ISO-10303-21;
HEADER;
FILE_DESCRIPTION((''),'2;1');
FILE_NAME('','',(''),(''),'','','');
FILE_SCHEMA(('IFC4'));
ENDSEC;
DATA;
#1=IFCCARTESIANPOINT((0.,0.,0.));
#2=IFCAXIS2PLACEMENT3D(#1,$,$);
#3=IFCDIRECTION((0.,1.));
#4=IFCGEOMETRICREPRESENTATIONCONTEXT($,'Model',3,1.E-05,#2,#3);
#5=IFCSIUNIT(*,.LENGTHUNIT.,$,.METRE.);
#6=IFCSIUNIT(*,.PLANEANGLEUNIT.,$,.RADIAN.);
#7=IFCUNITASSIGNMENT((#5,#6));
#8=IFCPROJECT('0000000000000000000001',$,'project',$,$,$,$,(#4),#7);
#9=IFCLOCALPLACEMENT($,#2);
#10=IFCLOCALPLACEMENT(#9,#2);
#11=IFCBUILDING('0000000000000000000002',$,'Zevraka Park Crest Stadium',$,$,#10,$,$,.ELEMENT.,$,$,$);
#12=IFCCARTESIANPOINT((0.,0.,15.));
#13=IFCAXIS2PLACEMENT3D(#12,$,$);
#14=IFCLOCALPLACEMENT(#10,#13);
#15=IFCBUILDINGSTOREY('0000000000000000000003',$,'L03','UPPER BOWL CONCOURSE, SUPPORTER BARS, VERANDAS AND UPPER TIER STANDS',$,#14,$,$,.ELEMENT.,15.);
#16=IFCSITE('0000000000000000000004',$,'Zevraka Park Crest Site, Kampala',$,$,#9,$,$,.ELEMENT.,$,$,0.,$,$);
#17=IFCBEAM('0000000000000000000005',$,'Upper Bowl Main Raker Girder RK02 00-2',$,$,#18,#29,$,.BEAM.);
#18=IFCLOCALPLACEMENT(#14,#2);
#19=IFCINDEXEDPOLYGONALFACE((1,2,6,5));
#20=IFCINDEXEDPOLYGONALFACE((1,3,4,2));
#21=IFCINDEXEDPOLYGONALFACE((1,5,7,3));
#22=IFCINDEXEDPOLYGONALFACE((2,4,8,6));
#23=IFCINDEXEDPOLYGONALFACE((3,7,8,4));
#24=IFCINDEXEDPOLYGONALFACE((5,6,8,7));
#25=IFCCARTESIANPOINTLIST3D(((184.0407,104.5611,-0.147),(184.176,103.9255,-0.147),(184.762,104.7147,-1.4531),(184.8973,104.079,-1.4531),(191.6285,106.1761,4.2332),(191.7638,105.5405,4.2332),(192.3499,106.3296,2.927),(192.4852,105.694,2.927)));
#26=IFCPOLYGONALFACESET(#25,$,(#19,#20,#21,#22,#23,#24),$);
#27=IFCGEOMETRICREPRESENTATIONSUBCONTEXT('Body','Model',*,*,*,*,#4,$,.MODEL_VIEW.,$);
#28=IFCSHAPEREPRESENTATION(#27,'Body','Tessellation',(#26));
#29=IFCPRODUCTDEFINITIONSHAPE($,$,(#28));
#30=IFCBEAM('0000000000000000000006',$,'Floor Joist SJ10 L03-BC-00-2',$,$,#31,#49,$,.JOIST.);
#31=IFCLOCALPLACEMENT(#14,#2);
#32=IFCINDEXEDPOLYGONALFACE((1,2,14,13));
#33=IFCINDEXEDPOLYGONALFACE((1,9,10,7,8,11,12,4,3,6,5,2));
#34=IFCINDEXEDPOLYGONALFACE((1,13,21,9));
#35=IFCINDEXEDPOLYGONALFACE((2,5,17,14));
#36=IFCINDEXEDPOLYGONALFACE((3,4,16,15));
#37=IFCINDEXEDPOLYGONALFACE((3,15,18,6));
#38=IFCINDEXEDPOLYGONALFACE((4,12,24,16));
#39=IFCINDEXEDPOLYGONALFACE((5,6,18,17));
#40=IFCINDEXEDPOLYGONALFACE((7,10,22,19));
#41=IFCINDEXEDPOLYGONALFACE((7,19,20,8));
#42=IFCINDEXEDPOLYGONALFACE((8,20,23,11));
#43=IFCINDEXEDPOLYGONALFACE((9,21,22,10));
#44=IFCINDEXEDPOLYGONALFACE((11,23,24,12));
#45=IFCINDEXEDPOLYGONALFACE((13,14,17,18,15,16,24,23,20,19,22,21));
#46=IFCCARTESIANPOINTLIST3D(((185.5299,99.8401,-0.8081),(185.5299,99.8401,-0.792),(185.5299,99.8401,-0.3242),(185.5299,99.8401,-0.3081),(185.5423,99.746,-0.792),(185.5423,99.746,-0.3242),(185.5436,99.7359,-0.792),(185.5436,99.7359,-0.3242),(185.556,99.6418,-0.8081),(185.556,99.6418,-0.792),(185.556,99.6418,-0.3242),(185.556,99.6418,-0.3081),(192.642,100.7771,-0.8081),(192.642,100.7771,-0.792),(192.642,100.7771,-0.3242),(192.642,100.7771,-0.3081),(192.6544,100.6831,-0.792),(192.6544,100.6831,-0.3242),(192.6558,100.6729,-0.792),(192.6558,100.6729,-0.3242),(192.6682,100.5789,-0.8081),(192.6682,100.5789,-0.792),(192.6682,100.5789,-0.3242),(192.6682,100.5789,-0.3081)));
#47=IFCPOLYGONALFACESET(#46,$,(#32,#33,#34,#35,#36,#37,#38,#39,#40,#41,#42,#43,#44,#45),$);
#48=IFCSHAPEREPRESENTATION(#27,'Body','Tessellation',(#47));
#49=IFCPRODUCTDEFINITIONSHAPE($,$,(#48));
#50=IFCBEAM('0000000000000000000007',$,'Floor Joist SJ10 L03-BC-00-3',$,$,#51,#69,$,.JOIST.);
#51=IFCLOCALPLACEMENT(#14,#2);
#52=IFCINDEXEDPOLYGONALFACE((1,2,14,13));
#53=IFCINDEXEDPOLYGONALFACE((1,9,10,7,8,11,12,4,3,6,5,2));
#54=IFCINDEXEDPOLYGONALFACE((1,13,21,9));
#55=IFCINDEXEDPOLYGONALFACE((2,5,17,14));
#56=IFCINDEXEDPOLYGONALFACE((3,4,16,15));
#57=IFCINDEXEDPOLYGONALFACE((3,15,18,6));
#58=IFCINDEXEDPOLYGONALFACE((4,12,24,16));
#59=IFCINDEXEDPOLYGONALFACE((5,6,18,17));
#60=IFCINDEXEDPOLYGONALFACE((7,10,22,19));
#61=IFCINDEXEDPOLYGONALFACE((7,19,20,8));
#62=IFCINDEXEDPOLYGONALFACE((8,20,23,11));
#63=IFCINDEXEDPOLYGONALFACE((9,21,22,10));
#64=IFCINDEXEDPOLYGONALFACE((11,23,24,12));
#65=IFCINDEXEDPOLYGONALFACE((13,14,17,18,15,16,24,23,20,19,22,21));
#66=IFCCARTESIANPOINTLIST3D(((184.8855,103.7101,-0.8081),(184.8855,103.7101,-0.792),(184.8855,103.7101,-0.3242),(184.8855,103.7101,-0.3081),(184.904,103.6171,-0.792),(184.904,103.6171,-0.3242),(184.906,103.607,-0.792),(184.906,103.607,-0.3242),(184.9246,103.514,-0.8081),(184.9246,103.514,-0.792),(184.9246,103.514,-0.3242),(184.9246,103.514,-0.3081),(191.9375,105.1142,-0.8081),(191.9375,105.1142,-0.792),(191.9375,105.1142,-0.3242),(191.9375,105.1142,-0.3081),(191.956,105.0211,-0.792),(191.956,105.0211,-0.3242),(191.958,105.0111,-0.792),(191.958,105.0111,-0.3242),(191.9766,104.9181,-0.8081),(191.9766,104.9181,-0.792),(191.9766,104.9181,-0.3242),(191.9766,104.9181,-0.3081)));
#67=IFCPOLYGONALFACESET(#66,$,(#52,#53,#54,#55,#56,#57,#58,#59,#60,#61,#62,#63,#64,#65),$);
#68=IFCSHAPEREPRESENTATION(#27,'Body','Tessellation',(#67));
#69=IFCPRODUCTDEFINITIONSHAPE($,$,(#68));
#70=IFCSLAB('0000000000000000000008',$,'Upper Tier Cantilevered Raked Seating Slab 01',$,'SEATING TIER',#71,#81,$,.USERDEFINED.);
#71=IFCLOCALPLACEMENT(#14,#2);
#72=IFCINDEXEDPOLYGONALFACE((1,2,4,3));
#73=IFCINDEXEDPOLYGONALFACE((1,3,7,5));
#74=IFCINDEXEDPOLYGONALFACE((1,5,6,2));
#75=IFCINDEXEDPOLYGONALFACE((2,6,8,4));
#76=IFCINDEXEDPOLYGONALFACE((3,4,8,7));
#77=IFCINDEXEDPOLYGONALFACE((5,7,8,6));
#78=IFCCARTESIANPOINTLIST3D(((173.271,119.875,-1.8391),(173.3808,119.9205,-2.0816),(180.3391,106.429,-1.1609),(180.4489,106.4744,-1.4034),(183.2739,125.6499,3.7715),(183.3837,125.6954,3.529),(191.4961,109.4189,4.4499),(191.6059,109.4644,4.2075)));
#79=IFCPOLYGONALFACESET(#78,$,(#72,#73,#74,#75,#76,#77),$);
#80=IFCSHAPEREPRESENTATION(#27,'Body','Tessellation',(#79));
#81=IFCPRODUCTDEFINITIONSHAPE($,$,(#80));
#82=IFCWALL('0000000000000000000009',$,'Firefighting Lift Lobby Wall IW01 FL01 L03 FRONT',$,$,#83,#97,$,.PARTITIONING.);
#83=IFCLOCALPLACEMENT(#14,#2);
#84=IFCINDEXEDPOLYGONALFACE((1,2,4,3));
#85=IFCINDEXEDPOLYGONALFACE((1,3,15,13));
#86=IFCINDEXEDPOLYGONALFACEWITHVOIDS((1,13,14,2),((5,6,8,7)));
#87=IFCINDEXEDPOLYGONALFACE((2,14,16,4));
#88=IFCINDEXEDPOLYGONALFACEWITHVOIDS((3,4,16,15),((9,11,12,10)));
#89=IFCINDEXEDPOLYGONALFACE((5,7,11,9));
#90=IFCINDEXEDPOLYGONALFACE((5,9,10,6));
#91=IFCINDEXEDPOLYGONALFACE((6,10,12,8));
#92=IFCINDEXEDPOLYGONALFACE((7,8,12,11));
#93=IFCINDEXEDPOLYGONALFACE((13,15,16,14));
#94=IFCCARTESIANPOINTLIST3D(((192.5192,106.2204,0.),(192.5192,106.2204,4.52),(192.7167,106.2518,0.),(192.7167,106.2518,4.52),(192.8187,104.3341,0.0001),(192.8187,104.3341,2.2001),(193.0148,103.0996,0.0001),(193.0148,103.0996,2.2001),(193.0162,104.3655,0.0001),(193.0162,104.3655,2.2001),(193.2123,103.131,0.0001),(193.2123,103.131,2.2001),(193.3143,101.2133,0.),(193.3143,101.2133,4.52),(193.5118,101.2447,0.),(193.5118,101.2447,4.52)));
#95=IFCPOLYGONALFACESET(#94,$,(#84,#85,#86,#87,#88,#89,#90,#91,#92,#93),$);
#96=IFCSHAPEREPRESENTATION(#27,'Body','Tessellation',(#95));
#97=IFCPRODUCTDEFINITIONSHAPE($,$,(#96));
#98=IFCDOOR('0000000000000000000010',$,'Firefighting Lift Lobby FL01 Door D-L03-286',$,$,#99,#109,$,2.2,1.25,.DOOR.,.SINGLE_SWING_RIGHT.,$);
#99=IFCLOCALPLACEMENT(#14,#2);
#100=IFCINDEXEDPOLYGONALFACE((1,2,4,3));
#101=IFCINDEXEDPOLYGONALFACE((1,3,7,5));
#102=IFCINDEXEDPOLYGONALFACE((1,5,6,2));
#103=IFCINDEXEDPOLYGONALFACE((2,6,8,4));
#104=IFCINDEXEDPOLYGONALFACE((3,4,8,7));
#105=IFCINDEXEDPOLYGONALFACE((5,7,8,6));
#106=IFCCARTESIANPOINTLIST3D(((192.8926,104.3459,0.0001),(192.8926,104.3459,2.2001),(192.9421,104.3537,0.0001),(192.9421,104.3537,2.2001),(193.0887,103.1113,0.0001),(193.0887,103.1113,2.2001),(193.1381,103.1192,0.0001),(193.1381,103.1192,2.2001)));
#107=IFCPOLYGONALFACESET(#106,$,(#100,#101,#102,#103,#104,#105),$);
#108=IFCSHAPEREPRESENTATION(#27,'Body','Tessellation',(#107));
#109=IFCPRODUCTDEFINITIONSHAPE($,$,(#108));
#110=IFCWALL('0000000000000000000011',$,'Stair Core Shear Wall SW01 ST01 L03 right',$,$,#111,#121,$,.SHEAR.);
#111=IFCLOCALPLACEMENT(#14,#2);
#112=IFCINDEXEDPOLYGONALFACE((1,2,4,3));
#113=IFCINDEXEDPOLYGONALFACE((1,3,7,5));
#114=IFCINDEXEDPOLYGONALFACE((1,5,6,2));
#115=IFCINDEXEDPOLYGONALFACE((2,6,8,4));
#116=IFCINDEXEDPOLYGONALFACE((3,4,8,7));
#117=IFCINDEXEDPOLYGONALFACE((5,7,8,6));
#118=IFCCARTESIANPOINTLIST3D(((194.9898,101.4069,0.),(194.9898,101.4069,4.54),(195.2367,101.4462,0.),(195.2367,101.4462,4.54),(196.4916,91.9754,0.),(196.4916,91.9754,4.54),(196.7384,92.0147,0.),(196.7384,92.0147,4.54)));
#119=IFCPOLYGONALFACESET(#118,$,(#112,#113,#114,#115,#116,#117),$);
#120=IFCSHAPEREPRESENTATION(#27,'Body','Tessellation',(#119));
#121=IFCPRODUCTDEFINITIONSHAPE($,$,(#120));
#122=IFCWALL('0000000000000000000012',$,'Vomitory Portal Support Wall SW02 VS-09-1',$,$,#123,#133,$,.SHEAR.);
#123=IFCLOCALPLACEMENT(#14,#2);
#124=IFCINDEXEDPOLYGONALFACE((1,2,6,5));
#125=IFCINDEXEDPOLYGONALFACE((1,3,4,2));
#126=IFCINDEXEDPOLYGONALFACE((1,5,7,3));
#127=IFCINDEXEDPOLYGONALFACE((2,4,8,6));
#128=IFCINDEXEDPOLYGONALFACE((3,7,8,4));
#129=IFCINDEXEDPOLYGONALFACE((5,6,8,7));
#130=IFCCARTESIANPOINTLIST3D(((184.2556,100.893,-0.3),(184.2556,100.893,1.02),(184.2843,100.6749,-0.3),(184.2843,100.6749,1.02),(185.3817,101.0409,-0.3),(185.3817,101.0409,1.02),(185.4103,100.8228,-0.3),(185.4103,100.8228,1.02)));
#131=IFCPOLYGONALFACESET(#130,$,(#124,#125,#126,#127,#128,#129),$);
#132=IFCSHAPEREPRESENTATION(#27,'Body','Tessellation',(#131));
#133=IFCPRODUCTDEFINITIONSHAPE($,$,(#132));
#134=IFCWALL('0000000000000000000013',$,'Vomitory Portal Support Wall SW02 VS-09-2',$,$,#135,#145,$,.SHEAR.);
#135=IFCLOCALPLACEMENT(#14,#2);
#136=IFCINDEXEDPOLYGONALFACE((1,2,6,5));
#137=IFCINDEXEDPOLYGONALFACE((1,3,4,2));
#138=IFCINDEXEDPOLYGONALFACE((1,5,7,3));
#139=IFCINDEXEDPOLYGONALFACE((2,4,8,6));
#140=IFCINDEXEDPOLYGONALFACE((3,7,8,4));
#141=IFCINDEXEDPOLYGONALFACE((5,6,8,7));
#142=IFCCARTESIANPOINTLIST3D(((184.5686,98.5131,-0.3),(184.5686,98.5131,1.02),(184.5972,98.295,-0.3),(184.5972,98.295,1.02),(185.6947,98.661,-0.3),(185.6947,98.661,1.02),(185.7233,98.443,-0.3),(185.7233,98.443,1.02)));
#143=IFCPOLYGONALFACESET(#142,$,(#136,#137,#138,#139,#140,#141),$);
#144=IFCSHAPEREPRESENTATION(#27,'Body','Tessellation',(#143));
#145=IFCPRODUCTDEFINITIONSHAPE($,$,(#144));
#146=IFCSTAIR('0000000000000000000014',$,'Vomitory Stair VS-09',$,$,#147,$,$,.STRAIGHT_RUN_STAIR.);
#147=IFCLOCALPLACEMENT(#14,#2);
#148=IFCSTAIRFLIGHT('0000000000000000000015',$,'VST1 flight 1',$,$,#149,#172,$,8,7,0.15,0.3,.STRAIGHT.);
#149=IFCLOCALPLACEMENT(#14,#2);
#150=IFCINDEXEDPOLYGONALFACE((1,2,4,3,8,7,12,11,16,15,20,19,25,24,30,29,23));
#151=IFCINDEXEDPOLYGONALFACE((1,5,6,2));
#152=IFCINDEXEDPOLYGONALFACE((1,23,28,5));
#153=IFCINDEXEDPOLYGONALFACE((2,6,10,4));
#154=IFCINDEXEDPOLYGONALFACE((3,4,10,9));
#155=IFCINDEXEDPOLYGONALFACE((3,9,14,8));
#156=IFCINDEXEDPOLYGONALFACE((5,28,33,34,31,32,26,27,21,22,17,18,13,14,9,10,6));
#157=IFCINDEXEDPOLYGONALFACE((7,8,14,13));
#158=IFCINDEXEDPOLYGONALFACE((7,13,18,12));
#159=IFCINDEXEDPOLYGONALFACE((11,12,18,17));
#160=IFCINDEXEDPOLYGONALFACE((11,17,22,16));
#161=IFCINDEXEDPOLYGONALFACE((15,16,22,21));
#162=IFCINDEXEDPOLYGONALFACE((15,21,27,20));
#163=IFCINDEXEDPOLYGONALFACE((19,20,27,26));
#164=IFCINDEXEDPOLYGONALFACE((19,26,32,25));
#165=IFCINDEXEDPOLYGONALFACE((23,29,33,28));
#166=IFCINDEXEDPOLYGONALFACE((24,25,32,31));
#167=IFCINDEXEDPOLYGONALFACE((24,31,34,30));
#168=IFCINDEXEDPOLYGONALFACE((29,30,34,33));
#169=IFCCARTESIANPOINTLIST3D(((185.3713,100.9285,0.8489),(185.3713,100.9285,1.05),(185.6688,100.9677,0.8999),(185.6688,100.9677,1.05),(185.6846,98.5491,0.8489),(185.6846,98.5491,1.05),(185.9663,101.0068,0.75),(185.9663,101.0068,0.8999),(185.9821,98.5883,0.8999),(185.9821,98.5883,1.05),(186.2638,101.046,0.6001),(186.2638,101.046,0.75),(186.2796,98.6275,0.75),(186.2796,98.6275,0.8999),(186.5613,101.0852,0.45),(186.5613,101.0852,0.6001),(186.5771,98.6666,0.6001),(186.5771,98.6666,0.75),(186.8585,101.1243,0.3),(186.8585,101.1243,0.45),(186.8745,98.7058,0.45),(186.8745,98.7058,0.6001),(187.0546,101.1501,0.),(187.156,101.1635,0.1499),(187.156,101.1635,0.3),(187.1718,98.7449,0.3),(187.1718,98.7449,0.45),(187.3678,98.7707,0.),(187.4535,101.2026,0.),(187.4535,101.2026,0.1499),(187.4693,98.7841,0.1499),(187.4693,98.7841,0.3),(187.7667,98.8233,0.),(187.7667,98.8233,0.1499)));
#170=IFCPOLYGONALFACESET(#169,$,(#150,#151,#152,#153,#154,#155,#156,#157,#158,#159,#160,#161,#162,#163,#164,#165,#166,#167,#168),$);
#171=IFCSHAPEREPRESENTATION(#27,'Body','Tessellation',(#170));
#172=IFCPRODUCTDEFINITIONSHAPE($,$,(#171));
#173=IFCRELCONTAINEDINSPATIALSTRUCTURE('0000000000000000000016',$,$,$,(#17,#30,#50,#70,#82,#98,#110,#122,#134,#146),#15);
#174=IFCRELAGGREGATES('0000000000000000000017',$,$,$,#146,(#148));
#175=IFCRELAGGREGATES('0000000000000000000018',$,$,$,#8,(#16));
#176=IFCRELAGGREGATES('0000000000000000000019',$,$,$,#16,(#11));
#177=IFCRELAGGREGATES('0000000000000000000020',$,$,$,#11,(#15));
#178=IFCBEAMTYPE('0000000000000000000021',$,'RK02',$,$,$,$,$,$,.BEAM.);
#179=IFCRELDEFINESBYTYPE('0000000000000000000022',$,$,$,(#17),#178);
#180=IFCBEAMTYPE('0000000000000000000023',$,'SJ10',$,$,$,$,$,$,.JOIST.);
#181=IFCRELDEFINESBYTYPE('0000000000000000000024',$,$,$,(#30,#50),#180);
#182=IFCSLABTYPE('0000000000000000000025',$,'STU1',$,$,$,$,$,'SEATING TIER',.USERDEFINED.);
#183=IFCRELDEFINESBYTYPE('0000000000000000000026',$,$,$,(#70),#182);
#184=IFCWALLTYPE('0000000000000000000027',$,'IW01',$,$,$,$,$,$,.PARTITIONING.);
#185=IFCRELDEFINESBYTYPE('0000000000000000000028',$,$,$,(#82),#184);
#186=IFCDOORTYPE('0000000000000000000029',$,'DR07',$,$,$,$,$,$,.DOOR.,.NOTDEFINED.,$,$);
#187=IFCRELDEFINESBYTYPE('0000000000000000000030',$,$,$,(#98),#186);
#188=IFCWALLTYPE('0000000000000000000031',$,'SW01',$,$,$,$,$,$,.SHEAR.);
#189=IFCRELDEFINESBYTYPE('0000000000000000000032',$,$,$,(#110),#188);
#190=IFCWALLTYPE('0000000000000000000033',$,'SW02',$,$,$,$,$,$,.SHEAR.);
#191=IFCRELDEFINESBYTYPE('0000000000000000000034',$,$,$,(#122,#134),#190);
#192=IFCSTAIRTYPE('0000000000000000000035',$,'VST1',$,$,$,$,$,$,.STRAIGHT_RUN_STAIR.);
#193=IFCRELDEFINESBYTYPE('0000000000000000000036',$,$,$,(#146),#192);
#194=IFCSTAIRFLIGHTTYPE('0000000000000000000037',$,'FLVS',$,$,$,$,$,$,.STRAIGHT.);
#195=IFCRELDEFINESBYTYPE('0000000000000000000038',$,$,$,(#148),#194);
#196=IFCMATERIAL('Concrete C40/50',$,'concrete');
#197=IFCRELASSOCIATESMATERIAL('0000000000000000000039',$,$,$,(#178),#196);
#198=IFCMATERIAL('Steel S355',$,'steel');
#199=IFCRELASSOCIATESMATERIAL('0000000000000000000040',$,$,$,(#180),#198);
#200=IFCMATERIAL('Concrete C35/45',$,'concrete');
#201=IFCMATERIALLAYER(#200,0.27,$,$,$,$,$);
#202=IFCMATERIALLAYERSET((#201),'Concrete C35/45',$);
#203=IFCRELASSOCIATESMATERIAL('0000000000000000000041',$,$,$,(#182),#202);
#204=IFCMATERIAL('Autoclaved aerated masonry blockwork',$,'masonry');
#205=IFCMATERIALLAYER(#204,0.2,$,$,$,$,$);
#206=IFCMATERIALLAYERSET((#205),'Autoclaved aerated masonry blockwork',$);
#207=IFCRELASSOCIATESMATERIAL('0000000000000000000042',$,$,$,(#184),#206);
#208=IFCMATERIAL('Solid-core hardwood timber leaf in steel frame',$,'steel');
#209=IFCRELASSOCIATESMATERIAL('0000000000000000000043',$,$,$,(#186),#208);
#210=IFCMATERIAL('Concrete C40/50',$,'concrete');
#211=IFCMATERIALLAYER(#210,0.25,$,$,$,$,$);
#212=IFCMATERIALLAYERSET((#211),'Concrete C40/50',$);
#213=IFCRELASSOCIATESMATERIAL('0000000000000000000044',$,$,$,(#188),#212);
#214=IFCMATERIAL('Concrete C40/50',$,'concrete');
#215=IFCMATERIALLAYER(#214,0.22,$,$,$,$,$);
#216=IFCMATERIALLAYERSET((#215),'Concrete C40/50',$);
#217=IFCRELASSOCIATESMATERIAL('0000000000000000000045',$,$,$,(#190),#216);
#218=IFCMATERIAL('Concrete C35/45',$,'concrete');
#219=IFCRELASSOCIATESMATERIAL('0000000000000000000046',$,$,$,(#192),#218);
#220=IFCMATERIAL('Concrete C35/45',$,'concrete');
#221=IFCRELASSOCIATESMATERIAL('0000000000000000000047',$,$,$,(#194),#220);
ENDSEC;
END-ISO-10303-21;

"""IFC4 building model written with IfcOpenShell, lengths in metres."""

from ifc_helpers import new_model, si_unit, direction, frame, frame_2d, origin, origin_2d, place, context, subcontext, project, spatial, polyline, rectangle, i_section, outline, extrude, material, layer, layer_set, material_profile, profile_set, type_object, element, fill, aggregate, save


model = new_model("IFC4")

# Units and contexts
model_context = context("Model", 3, precision=1e-05, world=origin(), true_north=direction((0.0, 1.0)))
body_context = subcontext(model_context, "Body", "Model", "MODEL_VIEW")
ifc_project = project(units=[si_unit("LENGTHUNIT", "METRE"), si_unit("PLANEANGLEUNIT", "RADIAN")], contexts=[model_context])

# Site, building, storey
site_placement = place(None, origin())
site = spatial("IfcSite", under=ifc_project, at=site_placement, Name="Zevraka Park Crest Site, Kampala", CompositionType="ELEMENT", RefElevation=0.0)
building_placement = place(site_placement, origin())
building = spatial("IfcBuilding", under=site, at=building_placement, Name="Zevraka Park Crest Stadium", CompositionType="ELEMENT")
storey_placement = place(building_placement, frame((0.0, 0.0, 15.0)))
storey = spatial("IfcBuildingStorey", under=building, at=storey_placement, Name="L03", Description="UPPER BOWL CONCOURSE, SUPPORTER BARS, VERANDAS AND UPPER TIER STANDS", CompositionType="ELEMENT", Elevation=15.0)

# Beams
ifc_material_1 = material(Name="Concrete C40/50", Category="concrete")
ifc_material_profile_1 = material_profile(ifc_material_1, rectangle(XDim=0.6499, YDim=1.5, at=origin_2d()), Name="RC 1500x650")
ifc_profile_set_1 = profile_set([ifc_material_profile_1], Name="Concrete C40/50")
beam_type_1 = type_object("IfcBeamType", Name="RK02", PredefinedType="BEAM", material=ifc_profile_set_1)
beam_1_placement = place(storey_placement, frame((184.469, 104.3201, -0.8), z_axis=(0.851713, 0.181277, 0.491653), x_axis=(-0.208175, 0.978092, 0.0)))
element("IfcBeam", 1, at=beam_1_placement, inside=storey, type_object=beam_type_1, Name="Upper Bowl Main Raker Girder RK02 00-2", PredefinedType="BEAM", context=body_context, shape_type="SweptSolid", body=[
    extrude(rectangle(XDim=0.6499, YDim=1.5, at=origin_2d()), origin(), (0.0, 0.0, 1.0), 8.9089),
])
ifc_material_2 = material(Name="Steel S355", Category="steel")
ifc_material_profile_2 = material_profile(ifc_material_2, i_section(OverallWidth=0.2, OverallDepth=0.5, WebThickness=0.0103, FlangeThickness=0.0161, at=origin_2d()), Name="IPE 500")
ifc_profile_set_2 = profile_set([ifc_material_profile_2], Name="Steel S355")
beam_type_2 = type_object("IfcBeamType", Name="SJ10", PredefinedType="JOIST", material=ifc_profile_set_2)
beam_2_placement = place(storey_placement, frame((185.543, 99.741, -0.5581), z_axis=(0.991432, 0.130621, 0.0), x_axis=(-0.130621, 0.991432, 0.0)))
element("IfcBeam", 2, at=beam_2_placement, inside=storey, type_object=beam_type_2, Name="Floor Joist SJ10 L03-BC-00-2", PredefinedType="JOIST", context=body_context, shape_type="SweptSolid", body=[
    extrude(i_section(OverallWidth=0.2, OverallDepth=0.5, WebThickness=0.0103, FlangeThickness=0.0161, at=origin_2d()), origin(), (0.0, 0.0, 1.0), 7.1736),
])
beam_3_placement = place(storey_placement, frame((184.905, 103.6121, -0.5581), z_axis=(0.98075, 0.195267, 0.0), x_axis=(-0.195267, 0.98075, 0.0)))
element("IfcBeam", 3, at=beam_3_placement, inside=storey, type_object=beam_type_2, Name="Floor Joist SJ10 L03-BC-00-3", PredefinedType="JOIST", context=body_context, shape_type="SweptSolid", body=[
    extrude(i_section(OverallWidth=0.2, OverallDepth=0.5, WebThickness=0.0103, FlangeThickness=0.0161, at=origin_2d()), origin(), (0.0, 0.0, 1.0), 7.1904),
])

# Slab
ifc_material_3 = material(Name="Concrete C35/45", Category="concrete")
ifc_layer_1 = layer(ifc_material_3, 0.27)
ifc_layer_set_1 = layer_set([ifc_layer_1], Name="Concrete C35/45")
slab_type = type_object("IfcSlabType", Name="STU1", ElementType="SEATING TIER", PredefinedType="USERDEFINED", material=ifc_layer_set_1)
slab_placement = place(storey_placement, frame((180.3391, 106.429, -1.1609), z_axis=(-0.406483, -0.168377, 0.898009), x_axis=(-0.464832, 0.884275, -0.044604)))
element("IfcSlab", 4, at=slab_placement, inside=storey, type_object=slab_type, Name="Upper Tier Cantilevered Raked Seating Slab 01", ObjectType="SEATING TIER", PredefinedType="USERDEFINED", context=body_context, shape_type="SweptSolid", body=[
    extrude(outline(polyline([(0.0, 0.0), (15.2057, 0.0), (15.4124, -12.8392), (-2.7924, -12.534), (0.0, 0.0)])), origin(), (0.0, 0.0, -1.0), 0.27),
])

# Wall, opening, door
ifc_material_4 = material(Name="Autoclaved aerated masonry blockwork", Category="masonry")
ifc_layer_2 = layer(ifc_material_4, 0.2)
ifc_layer_set_2 = layer_set([ifc_layer_2], Name="Autoclaved aerated masonry blockwork")
wall_type_1 = type_object("IfcWallType", Name="IW01", PredefinedType="PARTITIONING", material=ifc_layer_set_2)
wall_1_placement = place(storey_placement, frame((192.6179, 106.2361, 0.0), z_axis=(0.0, 0.0, 1.0), x_axis=(0.156843, -0.987624, 0.0)))
wall_1 = element("IfcWall", 5, at=wall_1_placement, inside=storey, type_object=wall_type_1, Name="Firefighting Lift Lobby Wall IW01 FL01 L03 FRONT", PredefinedType="PARTITIONING", context=body_context, shape_type="SweptSolid", body=[
    extrude(rectangle(XDim=5.0698, YDim=0.2, at=frame_2d((2.5349, 0.0))), origin(), (0.0, 0.0, 1.0), 4.52),
])
opening_placement = place(wall_1_placement, frame((1.9099, 0.0, 0.0)))
opening = element("IfcOpeningElement", 6, at=opening_placement, cuts=wall_1, PredefinedType="OPENING", context=body_context, shape_type="SweptSolid", body=[
    extrude(rectangle(XDim=1.25, YDim=2.2, at=frame_2d((0.625, 1.1001))), frame((0.0, 0.1099, 0.0), z_axis=(0.0, -1.0, 0.0), x_axis=(1.0, 0.0, 0.0)), (0.0, 0.0, 1.0), 0.22),
])
ifc_material_5 = material(Name="Solid-core hardwood timber leaf in steel frame", Category="steel")
door_type = type_object("IfcDoorType", Name="DR07", OperationType="NOTDEFINED", PredefinedType="DOOR", material=ifc_material_5)
door_placement = place(opening_placement, origin())
door = element("IfcDoor", 7, at=door_placement, inside=storey, type_object=door_type, Name="Firefighting Lift Lobby FL01 Door D-L03-286", OperationType="SINGLE_SWING_RIGHT", OverallHeight=2.2, OverallWidth=1.25, PredefinedType="DOOR", context=body_context, shape_type="SweptSolid", body=[
    extrude(rectangle(XDim=1.25, YDim=2.2, at=frame_2d((0.625, 1.1001))), frame((0.0, 0.0249, 0.0), z_axis=(0.0, -1.0, 0.0), x_axis=(1.0, 0.0, 0.0)), (0.0, 0.0, 1.0), 0.05),
])
fill(opening, door)

# Walls
ifc_material_6 = material(Name="Concrete C40/50", Category="concrete")
ifc_layer_3 = layer(ifc_material_6, 0.25)
ifc_layer_set_3 = layer_set([ifc_layer_3], Name="Concrete C40/50")
wall_type_2 = type_object("IfcWallType", Name="SW01", PredefinedType="SHEAR", material=ifc_layer_set_3)
wall_2_placement = place(storey_placement, frame((195.1133, 101.4265, 0.0), z_axis=(0.0, 0.0, 1.0), x_axis=(0.157244, -0.98756, 0.0)))
element("IfcWall", 8, at=wall_2_placement, inside=storey, type_object=wall_type_2, Name="Stair Core Shear Wall SW01 ST01 L03 right", PredefinedType="SHEAR", context=body_context, shape_type="SweptSolid", body=[
    extrude(rectangle(XDim=9.5503, YDim=0.25, at=frame_2d((4.7751, 0.0))), origin(), (0.0, 0.0, 1.0), 4.54),
])
ifc_material_7 = material(Name="Concrete C40/50", Category="concrete")
ifc_layer_4 = layer(ifc_material_7, 0.22)
ifc_layer_set_4 = layer_set([ifc_layer_4], Name="Concrete C40/50")
wall_type_3 = type_object("IfcWallType", Name="SW02", PredefinedType="SHEAR", material=ifc_layer_set_4)
for number, where, z_axis, x_axis, name in (
    (9, (185.396, 100.9319, -0.3), (0.0, 0.0, 1.0), (-0.991478, -0.130277, 0.0), "Vomitory Portal Support Wall SW02 VS-09-1"),
    (10, (185.709, 98.552, -0.3), (0.0, 0.0, 1.0), (-0.991478, -0.130277, 0.0), "Vomitory Portal Support Wall SW02 VS-09-2"),
):
    element("IfcWall", number, at=place(storey_placement, frame(where, z_axis=z_axis, x_axis=x_axis)), inside=storey, type_object=wall_type_3, Name=name, PredefinedType="SHEAR", context=body_context, shape_type="SweptSolid", body=[
        extrude(rectangle(XDim=1.1357, YDim=0.22, at=frame_2d((0.5679, 0.0))), origin(), (0.0, 0.0, 1.0), 1.3201),
    ])

# Stair, stair flight
ifc_material_8 = material(Name="Concrete C35/45", Category="concrete")
stair_type = type_object("IfcStairType", Name="VST1", PredefinedType="STRAIGHT_RUN_STAIR", material=ifc_material_8)
stair_placement = place(storey_placement, origin())
stair = element("IfcStair", 11, at=stair_placement, inside=storey, type_object=stair_type, Name="Vomitory Stair VS-09", PredefinedType="STRAIGHT_RUN_STAIR")
ifc_material_9 = material(Name="Concrete C35/45", Category="concrete")
stair_flight_type = type_object("IfcStairFlightType", Name="FLVS", PredefinedType="STRAIGHT", material=ifc_material_9)
stair_flight_placement = place(storey_placement, frame((187.6101, 100.0129, 0.0), z_axis=(0.0, 0.0, 1.0), x_axis=(-0.991444, -0.130533, 0.0)))
stair_flight = element("IfcStairFlight", 12, at=stair_flight_placement, type_object=stair_flight_type, Name="VST1 flight 1", NumberOfRisers=8, NumberOfTreads=7, PredefinedType="STRAIGHT", RiserHeight=0.15, TreadLength=0.3, context=body_context, shape_type="SweptSolid", body=[
    extrude(outline(polyline([(0.0, 0.0), (0.0, 0.1499), (0.3, 0.1499), (0.3, 0.3), (0.6001, 0.3), (0.6001, 0.45), (0.8999, 0.45), (0.8999, 0.6001), (1.2, 0.6001), (1.2, 0.75), (1.5, 0.75), (1.5, 0.8999), (1.8, 0.8999), (1.8, 1.05), (2.1001, 1.05), (2.1001, 1.2), (2.1001, 0.8489), (0.4023, 0.0), (0.0, 0.0)])), frame((0.0, 1.2, 0.0), z_axis=(0.0, -1.0, 0.0), x_axis=(1.0, 0.0, 0.0)), (0.0, 0.0, 1.0), 2.3999),
])
aggregate(stair, [stair_flight])

save(model, "model.ifc")
